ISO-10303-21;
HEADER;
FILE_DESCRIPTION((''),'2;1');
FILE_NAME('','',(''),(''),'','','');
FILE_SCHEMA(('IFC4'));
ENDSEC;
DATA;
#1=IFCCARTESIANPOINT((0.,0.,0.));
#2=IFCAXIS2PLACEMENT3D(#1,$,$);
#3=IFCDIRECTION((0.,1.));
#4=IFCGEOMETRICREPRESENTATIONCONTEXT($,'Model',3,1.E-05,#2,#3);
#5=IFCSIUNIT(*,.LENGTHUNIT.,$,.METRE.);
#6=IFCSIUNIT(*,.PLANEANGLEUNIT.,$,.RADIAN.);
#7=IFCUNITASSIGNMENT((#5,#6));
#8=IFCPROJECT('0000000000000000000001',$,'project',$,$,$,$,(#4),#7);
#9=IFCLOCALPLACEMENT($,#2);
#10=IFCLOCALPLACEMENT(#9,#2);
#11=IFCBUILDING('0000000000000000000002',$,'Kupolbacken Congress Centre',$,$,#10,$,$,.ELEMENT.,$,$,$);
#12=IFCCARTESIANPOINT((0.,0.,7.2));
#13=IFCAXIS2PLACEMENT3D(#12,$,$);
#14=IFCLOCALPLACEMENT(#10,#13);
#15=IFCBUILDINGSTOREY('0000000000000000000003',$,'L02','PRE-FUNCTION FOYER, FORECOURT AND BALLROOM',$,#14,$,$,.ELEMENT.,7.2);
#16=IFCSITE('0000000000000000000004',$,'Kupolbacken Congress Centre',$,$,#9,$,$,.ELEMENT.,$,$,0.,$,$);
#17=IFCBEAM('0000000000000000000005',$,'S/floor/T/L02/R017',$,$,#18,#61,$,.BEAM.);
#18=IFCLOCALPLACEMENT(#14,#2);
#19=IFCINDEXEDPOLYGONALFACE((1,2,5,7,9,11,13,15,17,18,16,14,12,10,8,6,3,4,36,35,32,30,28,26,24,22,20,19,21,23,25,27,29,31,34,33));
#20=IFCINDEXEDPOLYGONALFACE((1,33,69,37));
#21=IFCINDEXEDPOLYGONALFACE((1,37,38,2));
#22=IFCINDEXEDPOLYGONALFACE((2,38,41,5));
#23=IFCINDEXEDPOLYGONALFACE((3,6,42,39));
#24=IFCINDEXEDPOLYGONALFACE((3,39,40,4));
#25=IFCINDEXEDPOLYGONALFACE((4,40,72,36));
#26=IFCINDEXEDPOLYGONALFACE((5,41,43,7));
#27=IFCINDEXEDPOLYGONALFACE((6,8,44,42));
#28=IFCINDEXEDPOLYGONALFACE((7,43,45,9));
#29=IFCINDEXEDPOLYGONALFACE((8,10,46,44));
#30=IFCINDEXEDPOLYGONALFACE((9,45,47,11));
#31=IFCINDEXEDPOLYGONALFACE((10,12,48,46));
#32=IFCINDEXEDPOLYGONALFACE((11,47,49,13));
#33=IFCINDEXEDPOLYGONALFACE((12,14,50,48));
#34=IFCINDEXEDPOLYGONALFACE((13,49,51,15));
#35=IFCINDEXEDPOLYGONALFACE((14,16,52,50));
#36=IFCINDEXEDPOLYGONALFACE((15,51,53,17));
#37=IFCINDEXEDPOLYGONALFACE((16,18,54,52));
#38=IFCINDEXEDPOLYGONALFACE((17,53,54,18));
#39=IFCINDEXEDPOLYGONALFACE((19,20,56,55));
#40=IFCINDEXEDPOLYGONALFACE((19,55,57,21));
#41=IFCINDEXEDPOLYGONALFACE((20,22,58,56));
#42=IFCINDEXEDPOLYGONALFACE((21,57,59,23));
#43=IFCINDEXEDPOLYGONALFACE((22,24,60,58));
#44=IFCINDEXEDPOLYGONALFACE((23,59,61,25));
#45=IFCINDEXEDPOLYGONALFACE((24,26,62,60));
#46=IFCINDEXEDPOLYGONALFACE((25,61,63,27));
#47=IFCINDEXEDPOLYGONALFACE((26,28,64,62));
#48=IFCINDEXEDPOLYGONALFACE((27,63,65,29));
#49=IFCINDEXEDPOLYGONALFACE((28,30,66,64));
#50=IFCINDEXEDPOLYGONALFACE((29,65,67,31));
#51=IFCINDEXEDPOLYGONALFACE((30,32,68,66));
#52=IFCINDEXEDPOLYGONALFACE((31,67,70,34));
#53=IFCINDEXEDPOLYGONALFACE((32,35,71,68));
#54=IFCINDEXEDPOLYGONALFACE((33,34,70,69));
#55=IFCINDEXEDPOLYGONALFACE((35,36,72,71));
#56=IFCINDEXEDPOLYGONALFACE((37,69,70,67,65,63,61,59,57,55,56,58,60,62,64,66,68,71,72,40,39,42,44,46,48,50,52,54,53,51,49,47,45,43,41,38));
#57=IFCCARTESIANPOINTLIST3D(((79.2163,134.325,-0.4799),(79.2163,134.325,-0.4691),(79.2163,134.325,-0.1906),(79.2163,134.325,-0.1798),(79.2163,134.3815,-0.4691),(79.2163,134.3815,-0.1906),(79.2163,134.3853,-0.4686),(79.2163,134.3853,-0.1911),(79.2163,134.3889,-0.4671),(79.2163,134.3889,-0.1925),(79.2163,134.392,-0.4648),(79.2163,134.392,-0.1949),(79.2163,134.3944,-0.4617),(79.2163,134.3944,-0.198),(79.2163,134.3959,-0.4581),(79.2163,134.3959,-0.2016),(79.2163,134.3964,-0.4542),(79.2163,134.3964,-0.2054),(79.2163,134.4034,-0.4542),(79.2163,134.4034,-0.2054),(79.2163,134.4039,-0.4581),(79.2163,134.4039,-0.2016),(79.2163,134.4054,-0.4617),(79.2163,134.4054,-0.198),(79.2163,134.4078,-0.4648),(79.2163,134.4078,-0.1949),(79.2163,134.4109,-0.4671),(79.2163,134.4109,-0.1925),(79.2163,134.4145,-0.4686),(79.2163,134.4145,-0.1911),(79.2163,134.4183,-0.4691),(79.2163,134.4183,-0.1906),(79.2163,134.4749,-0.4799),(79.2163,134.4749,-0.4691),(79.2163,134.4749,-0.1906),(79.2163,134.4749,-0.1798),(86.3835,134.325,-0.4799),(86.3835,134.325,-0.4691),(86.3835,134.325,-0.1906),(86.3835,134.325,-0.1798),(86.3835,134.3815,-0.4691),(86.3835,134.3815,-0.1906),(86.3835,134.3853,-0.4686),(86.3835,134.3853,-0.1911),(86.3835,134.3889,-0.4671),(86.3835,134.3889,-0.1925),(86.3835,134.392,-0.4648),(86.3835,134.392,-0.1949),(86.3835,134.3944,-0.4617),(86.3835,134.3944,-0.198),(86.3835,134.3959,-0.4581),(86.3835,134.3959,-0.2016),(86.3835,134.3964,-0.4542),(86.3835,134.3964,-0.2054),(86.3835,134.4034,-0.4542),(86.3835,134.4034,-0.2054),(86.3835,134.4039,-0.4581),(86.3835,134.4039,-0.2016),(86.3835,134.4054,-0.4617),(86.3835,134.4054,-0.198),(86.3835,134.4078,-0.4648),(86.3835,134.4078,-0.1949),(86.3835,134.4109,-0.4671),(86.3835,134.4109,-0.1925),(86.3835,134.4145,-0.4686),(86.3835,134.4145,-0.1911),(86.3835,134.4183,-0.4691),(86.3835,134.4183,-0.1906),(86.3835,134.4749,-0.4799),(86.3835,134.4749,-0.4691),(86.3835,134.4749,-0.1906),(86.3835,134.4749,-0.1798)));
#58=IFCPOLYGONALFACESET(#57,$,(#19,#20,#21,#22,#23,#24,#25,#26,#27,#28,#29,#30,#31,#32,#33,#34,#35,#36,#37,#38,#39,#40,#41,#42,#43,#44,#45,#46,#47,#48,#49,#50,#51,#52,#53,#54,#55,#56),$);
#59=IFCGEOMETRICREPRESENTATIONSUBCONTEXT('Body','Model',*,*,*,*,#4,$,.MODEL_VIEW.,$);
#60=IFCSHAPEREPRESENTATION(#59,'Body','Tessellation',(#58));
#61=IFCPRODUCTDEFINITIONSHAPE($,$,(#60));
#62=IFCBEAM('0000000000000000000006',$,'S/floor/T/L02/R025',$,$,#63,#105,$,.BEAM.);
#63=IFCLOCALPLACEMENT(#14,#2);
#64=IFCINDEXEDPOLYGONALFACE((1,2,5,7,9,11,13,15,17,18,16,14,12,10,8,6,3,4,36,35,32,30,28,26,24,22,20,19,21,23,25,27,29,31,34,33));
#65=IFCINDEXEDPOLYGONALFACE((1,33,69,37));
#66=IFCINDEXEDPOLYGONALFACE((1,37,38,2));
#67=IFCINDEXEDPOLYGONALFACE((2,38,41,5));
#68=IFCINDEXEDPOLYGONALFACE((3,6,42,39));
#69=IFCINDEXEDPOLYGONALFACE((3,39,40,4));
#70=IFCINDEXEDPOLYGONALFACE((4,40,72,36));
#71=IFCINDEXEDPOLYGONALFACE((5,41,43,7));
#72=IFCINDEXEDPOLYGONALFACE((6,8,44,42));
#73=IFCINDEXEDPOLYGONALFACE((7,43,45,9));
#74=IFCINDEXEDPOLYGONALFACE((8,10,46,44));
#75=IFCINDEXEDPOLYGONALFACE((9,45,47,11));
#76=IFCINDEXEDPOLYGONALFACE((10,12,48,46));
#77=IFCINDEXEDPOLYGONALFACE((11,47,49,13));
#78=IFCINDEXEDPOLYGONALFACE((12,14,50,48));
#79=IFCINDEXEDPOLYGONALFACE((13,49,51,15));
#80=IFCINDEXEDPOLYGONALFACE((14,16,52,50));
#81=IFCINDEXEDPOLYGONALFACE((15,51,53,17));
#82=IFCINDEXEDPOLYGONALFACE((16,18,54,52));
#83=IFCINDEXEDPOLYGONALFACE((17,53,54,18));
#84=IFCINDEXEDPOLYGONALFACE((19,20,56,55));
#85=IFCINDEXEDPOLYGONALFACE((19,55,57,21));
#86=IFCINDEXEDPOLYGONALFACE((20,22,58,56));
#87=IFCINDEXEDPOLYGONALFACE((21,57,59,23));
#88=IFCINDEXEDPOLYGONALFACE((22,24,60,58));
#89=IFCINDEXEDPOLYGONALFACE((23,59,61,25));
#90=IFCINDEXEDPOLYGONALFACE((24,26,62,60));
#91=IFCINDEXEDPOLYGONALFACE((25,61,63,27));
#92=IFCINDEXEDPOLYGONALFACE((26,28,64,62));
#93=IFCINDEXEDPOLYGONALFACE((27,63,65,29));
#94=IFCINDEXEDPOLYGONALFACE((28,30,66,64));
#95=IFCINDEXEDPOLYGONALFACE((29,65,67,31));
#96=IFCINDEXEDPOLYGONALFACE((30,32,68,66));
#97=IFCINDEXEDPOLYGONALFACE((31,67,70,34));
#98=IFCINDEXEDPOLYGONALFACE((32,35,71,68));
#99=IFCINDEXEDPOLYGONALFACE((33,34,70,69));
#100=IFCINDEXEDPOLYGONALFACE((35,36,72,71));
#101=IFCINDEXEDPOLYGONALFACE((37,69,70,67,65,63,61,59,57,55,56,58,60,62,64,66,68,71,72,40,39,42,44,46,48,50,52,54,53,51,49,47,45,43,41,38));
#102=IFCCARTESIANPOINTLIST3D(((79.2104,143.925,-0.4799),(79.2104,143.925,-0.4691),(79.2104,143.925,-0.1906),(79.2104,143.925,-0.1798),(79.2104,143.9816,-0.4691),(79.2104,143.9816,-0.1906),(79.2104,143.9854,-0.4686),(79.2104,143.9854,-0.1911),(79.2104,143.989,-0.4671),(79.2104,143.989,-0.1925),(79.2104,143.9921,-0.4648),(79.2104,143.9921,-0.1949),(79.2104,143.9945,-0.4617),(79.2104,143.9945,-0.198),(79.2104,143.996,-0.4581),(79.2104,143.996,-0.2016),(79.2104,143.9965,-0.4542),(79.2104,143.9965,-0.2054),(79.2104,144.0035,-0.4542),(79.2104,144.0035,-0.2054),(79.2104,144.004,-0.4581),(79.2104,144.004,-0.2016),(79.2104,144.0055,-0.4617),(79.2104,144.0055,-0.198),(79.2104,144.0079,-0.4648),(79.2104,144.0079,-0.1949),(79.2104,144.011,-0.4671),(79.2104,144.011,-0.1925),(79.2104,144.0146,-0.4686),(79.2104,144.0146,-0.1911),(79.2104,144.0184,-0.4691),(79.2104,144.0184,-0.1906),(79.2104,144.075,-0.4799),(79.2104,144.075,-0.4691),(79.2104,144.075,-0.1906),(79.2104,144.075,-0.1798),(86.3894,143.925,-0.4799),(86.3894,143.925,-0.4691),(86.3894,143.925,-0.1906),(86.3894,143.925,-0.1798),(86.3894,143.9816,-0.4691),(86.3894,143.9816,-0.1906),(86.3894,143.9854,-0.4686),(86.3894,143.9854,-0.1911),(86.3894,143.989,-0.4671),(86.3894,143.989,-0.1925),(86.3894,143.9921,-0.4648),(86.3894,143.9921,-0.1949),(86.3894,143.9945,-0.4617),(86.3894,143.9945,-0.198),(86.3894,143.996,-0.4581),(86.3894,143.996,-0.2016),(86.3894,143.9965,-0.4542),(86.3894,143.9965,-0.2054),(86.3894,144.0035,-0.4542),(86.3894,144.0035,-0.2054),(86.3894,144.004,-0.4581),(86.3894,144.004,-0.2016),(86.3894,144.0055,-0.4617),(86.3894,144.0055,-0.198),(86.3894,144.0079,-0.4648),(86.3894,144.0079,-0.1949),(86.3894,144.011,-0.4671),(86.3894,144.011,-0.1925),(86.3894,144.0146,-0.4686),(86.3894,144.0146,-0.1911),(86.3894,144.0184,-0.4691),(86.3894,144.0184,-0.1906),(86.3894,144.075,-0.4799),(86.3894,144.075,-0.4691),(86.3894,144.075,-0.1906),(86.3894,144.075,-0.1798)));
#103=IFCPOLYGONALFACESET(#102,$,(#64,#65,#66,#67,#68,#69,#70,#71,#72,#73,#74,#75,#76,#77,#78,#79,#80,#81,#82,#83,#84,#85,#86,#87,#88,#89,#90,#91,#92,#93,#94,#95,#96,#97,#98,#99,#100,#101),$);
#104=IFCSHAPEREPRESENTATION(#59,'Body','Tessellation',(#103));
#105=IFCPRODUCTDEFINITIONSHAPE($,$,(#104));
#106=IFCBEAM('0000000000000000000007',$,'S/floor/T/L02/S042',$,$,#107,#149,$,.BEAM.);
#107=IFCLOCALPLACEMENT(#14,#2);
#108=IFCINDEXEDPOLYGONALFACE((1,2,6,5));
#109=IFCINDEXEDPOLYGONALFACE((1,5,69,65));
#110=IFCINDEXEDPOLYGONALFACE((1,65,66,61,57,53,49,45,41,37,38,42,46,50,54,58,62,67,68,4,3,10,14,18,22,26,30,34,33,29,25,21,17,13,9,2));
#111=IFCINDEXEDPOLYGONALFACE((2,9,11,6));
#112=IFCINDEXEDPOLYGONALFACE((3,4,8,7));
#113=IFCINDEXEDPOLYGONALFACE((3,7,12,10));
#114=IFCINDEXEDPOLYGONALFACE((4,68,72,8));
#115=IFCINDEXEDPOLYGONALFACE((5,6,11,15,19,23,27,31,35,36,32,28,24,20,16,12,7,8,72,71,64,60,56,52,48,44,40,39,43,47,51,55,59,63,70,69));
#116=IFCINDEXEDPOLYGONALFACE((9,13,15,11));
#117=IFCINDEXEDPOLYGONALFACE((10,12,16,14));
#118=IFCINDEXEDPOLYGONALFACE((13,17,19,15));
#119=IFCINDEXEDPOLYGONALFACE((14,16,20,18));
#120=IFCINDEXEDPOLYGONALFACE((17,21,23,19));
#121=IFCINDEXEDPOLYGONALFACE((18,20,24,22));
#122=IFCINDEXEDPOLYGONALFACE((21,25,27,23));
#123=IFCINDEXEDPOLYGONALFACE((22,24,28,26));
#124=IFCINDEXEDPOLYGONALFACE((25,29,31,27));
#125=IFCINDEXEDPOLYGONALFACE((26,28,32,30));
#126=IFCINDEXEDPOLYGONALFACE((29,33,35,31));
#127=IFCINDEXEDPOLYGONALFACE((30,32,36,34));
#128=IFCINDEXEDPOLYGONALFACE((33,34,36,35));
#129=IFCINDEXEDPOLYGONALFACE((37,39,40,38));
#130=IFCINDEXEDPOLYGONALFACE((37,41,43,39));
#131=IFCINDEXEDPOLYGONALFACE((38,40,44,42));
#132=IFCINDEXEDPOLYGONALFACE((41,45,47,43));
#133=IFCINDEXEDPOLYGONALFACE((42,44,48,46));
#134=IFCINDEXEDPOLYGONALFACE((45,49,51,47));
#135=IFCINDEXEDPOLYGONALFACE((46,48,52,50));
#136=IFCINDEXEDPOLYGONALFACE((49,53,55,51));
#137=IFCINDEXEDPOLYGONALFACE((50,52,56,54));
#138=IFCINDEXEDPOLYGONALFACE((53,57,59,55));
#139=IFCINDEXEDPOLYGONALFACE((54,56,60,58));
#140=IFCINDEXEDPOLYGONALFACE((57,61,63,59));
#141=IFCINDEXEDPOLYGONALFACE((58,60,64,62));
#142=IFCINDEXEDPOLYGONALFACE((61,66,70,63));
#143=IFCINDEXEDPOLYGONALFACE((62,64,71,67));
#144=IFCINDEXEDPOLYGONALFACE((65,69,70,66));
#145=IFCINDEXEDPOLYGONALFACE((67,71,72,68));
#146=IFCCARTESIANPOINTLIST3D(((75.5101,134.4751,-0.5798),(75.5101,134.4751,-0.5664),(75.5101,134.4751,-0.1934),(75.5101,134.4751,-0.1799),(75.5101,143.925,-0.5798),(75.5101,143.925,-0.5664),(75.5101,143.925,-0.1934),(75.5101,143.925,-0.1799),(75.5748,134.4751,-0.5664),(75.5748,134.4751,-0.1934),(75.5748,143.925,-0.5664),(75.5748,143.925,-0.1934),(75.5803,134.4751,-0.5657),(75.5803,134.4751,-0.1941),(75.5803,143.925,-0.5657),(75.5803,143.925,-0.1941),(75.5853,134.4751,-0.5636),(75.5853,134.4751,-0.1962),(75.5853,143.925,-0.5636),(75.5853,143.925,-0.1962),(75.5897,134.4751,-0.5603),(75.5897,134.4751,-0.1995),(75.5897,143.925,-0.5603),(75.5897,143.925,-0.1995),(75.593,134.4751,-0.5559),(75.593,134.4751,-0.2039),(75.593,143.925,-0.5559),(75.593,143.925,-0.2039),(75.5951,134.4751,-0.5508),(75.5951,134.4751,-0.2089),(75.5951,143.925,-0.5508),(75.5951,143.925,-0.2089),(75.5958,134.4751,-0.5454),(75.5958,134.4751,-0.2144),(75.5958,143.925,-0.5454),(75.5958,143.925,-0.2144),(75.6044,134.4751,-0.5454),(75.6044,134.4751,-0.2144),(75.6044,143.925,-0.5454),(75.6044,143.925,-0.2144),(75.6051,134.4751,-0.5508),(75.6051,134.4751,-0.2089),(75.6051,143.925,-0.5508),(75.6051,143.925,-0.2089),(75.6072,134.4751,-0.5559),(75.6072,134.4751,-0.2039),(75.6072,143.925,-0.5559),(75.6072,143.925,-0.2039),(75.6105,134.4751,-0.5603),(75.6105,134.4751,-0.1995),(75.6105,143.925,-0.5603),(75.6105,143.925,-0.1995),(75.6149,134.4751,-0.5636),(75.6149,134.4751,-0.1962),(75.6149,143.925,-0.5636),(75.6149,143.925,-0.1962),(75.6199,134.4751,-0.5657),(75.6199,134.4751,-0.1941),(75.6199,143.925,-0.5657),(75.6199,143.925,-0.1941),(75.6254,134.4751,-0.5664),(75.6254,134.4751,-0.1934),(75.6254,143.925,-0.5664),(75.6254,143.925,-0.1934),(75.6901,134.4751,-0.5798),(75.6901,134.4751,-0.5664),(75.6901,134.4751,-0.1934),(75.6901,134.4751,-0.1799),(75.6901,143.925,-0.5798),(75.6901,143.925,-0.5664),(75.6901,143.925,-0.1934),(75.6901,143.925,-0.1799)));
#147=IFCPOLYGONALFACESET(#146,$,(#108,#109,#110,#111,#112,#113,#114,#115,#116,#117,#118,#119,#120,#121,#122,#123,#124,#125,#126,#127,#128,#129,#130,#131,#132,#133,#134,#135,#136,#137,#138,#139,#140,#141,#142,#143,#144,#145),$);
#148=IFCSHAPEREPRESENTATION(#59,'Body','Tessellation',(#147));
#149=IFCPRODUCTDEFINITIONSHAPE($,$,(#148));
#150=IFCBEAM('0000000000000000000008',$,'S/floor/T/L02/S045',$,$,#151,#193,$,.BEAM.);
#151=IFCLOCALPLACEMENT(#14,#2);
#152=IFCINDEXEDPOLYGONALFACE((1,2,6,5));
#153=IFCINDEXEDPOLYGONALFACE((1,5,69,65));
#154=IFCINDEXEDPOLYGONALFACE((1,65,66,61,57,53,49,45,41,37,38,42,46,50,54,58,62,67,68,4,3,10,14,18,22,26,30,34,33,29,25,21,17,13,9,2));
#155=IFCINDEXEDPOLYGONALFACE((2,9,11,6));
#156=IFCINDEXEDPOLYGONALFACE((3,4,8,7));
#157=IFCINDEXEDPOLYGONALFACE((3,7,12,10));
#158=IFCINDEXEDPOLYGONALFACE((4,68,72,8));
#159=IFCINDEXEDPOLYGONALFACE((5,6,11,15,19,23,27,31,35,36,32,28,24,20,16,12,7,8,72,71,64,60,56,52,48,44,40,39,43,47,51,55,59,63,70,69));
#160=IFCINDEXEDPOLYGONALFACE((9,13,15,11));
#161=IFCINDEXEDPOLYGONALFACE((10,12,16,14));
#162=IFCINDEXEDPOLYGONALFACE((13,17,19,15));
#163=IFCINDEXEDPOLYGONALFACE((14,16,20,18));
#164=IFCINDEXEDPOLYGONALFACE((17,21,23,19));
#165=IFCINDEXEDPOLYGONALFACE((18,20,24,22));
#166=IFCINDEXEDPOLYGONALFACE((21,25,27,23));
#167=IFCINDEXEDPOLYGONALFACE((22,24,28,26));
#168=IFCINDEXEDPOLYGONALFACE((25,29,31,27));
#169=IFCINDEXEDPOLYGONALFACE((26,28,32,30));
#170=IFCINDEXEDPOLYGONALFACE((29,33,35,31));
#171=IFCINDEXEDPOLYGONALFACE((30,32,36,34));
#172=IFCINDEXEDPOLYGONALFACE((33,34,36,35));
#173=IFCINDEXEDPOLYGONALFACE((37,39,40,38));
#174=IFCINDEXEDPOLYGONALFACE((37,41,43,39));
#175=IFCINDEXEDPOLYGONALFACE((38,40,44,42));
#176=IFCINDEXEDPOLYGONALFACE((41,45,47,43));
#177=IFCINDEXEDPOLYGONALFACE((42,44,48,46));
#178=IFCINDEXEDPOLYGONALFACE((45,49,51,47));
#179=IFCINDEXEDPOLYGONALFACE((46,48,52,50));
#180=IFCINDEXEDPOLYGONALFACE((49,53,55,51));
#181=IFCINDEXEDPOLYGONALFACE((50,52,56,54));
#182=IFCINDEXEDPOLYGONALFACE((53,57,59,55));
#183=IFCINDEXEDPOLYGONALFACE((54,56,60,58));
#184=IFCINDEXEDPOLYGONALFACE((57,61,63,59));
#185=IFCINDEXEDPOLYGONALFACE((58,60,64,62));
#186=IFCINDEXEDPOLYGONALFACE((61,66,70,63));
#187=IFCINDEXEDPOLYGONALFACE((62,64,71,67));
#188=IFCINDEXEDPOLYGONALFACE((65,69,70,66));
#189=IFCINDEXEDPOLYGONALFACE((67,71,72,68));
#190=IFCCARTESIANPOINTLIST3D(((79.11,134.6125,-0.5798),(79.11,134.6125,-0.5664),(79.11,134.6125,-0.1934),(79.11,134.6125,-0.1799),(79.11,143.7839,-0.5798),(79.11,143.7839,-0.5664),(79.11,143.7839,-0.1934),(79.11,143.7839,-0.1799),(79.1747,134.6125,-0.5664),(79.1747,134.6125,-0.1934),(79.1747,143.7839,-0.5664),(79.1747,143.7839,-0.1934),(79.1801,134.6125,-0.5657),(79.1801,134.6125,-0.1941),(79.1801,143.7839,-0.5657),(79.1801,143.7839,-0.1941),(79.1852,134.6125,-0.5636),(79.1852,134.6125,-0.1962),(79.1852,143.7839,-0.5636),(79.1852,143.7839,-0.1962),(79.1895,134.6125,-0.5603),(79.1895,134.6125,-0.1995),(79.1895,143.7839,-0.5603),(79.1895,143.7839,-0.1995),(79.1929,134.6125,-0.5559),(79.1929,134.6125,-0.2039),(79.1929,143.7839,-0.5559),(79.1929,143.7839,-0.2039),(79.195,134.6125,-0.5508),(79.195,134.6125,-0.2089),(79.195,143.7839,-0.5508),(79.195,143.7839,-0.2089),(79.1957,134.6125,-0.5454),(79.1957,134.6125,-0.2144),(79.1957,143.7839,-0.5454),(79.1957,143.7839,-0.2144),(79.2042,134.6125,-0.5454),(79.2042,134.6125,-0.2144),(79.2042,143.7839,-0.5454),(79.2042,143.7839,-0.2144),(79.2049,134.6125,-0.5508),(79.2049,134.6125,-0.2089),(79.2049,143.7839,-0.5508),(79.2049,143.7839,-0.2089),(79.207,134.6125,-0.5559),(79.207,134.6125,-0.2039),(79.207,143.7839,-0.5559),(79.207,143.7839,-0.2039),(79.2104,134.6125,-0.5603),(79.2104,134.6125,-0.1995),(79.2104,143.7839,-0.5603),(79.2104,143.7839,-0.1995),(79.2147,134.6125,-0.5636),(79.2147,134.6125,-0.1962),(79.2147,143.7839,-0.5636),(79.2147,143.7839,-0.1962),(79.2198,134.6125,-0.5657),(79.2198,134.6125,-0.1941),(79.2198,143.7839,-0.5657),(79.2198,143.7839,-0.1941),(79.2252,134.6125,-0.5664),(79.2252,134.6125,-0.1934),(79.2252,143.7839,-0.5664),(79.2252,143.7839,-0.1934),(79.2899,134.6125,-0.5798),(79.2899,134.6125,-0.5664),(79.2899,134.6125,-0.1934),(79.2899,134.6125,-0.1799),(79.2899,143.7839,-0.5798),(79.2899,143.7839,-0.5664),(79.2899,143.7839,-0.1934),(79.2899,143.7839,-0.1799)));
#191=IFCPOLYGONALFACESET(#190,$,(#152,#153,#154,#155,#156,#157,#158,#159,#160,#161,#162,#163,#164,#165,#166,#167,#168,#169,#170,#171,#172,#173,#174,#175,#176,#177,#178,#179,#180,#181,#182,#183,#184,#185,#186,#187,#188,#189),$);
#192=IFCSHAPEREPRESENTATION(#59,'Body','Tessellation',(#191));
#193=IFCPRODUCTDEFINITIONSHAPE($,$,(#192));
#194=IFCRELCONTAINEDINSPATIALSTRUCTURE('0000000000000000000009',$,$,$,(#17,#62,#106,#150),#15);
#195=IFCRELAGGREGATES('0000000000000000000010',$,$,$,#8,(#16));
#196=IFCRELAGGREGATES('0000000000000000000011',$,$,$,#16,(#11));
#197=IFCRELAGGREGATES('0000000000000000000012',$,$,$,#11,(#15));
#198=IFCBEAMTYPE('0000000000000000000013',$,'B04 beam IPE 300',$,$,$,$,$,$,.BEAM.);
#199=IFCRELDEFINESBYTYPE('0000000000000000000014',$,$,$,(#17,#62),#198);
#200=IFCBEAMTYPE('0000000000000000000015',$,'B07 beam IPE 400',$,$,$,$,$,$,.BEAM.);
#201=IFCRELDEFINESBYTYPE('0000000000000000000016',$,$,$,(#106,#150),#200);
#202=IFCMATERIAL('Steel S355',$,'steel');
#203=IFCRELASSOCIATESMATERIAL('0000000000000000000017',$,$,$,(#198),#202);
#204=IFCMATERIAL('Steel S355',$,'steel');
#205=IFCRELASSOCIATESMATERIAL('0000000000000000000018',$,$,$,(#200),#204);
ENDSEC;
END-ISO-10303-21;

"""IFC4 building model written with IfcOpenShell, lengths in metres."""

from ifc_helpers import new_model, si_unit, direction, frame, origin, origin_2d, place, context, subcontext, project, spatial, i_section, extrude, material, material_profile, profile_set, type_object, element, save


model = new_model("IFC4")

# Units and contexts
model_context = context("Model", 3, precision=1e-05, world=origin(), true_north=direction((0.0, 1.0)))
body_context = subcontext(model_context, "Body", "Model", "MODEL_VIEW")
ifc_project = project(units=[si_unit("LENGTHUNIT", "METRE"), si_unit("PLANEANGLEUNIT", "RADIAN")], contexts=[model_context])

# Site, building, storey
site_placement = place(None, origin())
site = spatial("IfcSite", under=ifc_project, at=site_placement, Name="Kupolbacken Congress Centre", CompositionType="ELEMENT", RefElevation=0.0)
building_placement = place(site_placement, origin())
building = spatial("IfcBuilding", under=site, at=building_placement, Name="Kupolbacken Congress Centre", CompositionType="ELEMENT")
storey_placement = place(building_placement, frame((0.0, 0.0, 7.2)))
storey = spatial("IfcBuildingStorey", under=building, at=storey_placement, Name="L02", Description="PRE-FUNCTION FOYER, FORECOURT AND BALLROOM", CompositionType="ELEMENT", Elevation=7.2)

# Beams
ifc_material_1 = material(Name="Steel S355", Category="steel")
ifc_material_profile_1 = material_profile(ifc_material_1, i_section(OverallWidth=0.1499, OverallDepth=0.3, WebThickness=0.0071, FlangeThickness=0.0107, FilletRadius=0.0149, at=origin_2d()), Name="IPE 300")
ifc_profile_set_1 = profile_set([ifc_material_profile_1], Name="Steel S355")
beam_type_1 = type_object("IfcBeamType", Name="B04 beam IPE 300", PredefinedType="BEAM", material=ifc_profile_set_1)
for number, where, z_axis, x_axis, name in (
    (1, (79.2163, 134.3999, -0.3298), (1.0, 0.0, 0.0), (0.0, 1.0, 0.0), "S/floor/T/L02/R017"),
):
    element("IfcBeam", number, at=place(storey_placement, frame(where, z_axis=z_axis, x_axis=x_axis)), inside=storey, type_object=beam_type_1, Name=name, PredefinedType="BEAM", context=body_context, shape_type="SweptSolid", body=[
        extrude(i_section(OverallWidth=0.1499, OverallDepth=0.3, WebThickness=0.0071, FlangeThickness=0.0107, FilletRadius=0.0149, at=origin_2d()), origin(), (0.0, 0.0, 1.0), 7.1672),
    ])
beam_1_placement = place(storey_placement, frame((79.2104, 144.0, -0.3298), z_axis=(1.0, 0.0, 0.0), x_axis=(0.0, 1.0, 0.0)))
element("IfcBeam", 2, at=beam_1_placement, inside=storey, type_object=beam_type_1, Name="S/floor/T/L02/R025", PredefinedType="BEAM", context=body_context, shape_type="SweptSolid", body=[
    extrude(i_section(OverallWidth=0.1499, OverallDepth=0.3, WebThickness=0.0071, FlangeThickness=0.0107, FilletRadius=0.0149, at=origin_2d()), origin(), (0.0, 0.0, 1.0), 7.179),
])
ifc_material_2 = material(Name="Steel S355", Category="steel")
ifc_material_profile_2 = material_profile(ifc_material_2, i_section(OverallWidth=0.1799, OverallDepth=0.3999, WebThickness=0.0085, FlangeThickness=0.0134, FilletRadius=0.021, at=origin_2d()), Name="IPE 400")
ifc_profile_set_2 = profile_set([ifc_material_profile_2], Name="Steel S355")
beam_type_2 = type_object("IfcBeamType", Name="B07 beam IPE 400", PredefinedType="BEAM", material=ifc_profile_set_2)
beam_2_placement = place(storey_placement, frame((75.6001, 134.4751, -0.3799), z_axis=(0.0, 1.0, 0.0), x_axis=(-1.0, 0.0, 0.0)))
element("IfcBeam", 3, at=beam_2_placement, inside=storey, type_object=beam_type_2, Name="S/floor/T/L02/S042", PredefinedType="BEAM", context=body_context, shape_type="SweptSolid", body=[
    extrude(i_section(OverallWidth=0.1799, OverallDepth=0.3999, WebThickness=0.0085, FlangeThickness=0.0134, FilletRadius=0.021, at=origin_2d()), origin(), (0.0, 0.0, 1.0), 9.45),
])
beam_3_placement = place(storey_placement, frame((79.2, 134.6125, -0.3799), z_axis=(0.0, 1.0, 0.0), x_axis=(-1.0, 0.0, 0.0)))
element("IfcBeam", 4, at=beam_3_placement, inside=storey, type_object=beam_type_2, Name="S/floor/T/L02/S045", PredefinedType="BEAM", context=body_context, shape_type="SweptSolid", body=[
    extrude(i_section(OverallWidth=0.1799, OverallDepth=0.3999, WebThickness=0.0085, FlangeThickness=0.0134, FilletRadius=0.021, at=origin_2d()), origin(), (0.0, 0.0, 1.0), 9.1714),
])

save(model, "model.ifc")
